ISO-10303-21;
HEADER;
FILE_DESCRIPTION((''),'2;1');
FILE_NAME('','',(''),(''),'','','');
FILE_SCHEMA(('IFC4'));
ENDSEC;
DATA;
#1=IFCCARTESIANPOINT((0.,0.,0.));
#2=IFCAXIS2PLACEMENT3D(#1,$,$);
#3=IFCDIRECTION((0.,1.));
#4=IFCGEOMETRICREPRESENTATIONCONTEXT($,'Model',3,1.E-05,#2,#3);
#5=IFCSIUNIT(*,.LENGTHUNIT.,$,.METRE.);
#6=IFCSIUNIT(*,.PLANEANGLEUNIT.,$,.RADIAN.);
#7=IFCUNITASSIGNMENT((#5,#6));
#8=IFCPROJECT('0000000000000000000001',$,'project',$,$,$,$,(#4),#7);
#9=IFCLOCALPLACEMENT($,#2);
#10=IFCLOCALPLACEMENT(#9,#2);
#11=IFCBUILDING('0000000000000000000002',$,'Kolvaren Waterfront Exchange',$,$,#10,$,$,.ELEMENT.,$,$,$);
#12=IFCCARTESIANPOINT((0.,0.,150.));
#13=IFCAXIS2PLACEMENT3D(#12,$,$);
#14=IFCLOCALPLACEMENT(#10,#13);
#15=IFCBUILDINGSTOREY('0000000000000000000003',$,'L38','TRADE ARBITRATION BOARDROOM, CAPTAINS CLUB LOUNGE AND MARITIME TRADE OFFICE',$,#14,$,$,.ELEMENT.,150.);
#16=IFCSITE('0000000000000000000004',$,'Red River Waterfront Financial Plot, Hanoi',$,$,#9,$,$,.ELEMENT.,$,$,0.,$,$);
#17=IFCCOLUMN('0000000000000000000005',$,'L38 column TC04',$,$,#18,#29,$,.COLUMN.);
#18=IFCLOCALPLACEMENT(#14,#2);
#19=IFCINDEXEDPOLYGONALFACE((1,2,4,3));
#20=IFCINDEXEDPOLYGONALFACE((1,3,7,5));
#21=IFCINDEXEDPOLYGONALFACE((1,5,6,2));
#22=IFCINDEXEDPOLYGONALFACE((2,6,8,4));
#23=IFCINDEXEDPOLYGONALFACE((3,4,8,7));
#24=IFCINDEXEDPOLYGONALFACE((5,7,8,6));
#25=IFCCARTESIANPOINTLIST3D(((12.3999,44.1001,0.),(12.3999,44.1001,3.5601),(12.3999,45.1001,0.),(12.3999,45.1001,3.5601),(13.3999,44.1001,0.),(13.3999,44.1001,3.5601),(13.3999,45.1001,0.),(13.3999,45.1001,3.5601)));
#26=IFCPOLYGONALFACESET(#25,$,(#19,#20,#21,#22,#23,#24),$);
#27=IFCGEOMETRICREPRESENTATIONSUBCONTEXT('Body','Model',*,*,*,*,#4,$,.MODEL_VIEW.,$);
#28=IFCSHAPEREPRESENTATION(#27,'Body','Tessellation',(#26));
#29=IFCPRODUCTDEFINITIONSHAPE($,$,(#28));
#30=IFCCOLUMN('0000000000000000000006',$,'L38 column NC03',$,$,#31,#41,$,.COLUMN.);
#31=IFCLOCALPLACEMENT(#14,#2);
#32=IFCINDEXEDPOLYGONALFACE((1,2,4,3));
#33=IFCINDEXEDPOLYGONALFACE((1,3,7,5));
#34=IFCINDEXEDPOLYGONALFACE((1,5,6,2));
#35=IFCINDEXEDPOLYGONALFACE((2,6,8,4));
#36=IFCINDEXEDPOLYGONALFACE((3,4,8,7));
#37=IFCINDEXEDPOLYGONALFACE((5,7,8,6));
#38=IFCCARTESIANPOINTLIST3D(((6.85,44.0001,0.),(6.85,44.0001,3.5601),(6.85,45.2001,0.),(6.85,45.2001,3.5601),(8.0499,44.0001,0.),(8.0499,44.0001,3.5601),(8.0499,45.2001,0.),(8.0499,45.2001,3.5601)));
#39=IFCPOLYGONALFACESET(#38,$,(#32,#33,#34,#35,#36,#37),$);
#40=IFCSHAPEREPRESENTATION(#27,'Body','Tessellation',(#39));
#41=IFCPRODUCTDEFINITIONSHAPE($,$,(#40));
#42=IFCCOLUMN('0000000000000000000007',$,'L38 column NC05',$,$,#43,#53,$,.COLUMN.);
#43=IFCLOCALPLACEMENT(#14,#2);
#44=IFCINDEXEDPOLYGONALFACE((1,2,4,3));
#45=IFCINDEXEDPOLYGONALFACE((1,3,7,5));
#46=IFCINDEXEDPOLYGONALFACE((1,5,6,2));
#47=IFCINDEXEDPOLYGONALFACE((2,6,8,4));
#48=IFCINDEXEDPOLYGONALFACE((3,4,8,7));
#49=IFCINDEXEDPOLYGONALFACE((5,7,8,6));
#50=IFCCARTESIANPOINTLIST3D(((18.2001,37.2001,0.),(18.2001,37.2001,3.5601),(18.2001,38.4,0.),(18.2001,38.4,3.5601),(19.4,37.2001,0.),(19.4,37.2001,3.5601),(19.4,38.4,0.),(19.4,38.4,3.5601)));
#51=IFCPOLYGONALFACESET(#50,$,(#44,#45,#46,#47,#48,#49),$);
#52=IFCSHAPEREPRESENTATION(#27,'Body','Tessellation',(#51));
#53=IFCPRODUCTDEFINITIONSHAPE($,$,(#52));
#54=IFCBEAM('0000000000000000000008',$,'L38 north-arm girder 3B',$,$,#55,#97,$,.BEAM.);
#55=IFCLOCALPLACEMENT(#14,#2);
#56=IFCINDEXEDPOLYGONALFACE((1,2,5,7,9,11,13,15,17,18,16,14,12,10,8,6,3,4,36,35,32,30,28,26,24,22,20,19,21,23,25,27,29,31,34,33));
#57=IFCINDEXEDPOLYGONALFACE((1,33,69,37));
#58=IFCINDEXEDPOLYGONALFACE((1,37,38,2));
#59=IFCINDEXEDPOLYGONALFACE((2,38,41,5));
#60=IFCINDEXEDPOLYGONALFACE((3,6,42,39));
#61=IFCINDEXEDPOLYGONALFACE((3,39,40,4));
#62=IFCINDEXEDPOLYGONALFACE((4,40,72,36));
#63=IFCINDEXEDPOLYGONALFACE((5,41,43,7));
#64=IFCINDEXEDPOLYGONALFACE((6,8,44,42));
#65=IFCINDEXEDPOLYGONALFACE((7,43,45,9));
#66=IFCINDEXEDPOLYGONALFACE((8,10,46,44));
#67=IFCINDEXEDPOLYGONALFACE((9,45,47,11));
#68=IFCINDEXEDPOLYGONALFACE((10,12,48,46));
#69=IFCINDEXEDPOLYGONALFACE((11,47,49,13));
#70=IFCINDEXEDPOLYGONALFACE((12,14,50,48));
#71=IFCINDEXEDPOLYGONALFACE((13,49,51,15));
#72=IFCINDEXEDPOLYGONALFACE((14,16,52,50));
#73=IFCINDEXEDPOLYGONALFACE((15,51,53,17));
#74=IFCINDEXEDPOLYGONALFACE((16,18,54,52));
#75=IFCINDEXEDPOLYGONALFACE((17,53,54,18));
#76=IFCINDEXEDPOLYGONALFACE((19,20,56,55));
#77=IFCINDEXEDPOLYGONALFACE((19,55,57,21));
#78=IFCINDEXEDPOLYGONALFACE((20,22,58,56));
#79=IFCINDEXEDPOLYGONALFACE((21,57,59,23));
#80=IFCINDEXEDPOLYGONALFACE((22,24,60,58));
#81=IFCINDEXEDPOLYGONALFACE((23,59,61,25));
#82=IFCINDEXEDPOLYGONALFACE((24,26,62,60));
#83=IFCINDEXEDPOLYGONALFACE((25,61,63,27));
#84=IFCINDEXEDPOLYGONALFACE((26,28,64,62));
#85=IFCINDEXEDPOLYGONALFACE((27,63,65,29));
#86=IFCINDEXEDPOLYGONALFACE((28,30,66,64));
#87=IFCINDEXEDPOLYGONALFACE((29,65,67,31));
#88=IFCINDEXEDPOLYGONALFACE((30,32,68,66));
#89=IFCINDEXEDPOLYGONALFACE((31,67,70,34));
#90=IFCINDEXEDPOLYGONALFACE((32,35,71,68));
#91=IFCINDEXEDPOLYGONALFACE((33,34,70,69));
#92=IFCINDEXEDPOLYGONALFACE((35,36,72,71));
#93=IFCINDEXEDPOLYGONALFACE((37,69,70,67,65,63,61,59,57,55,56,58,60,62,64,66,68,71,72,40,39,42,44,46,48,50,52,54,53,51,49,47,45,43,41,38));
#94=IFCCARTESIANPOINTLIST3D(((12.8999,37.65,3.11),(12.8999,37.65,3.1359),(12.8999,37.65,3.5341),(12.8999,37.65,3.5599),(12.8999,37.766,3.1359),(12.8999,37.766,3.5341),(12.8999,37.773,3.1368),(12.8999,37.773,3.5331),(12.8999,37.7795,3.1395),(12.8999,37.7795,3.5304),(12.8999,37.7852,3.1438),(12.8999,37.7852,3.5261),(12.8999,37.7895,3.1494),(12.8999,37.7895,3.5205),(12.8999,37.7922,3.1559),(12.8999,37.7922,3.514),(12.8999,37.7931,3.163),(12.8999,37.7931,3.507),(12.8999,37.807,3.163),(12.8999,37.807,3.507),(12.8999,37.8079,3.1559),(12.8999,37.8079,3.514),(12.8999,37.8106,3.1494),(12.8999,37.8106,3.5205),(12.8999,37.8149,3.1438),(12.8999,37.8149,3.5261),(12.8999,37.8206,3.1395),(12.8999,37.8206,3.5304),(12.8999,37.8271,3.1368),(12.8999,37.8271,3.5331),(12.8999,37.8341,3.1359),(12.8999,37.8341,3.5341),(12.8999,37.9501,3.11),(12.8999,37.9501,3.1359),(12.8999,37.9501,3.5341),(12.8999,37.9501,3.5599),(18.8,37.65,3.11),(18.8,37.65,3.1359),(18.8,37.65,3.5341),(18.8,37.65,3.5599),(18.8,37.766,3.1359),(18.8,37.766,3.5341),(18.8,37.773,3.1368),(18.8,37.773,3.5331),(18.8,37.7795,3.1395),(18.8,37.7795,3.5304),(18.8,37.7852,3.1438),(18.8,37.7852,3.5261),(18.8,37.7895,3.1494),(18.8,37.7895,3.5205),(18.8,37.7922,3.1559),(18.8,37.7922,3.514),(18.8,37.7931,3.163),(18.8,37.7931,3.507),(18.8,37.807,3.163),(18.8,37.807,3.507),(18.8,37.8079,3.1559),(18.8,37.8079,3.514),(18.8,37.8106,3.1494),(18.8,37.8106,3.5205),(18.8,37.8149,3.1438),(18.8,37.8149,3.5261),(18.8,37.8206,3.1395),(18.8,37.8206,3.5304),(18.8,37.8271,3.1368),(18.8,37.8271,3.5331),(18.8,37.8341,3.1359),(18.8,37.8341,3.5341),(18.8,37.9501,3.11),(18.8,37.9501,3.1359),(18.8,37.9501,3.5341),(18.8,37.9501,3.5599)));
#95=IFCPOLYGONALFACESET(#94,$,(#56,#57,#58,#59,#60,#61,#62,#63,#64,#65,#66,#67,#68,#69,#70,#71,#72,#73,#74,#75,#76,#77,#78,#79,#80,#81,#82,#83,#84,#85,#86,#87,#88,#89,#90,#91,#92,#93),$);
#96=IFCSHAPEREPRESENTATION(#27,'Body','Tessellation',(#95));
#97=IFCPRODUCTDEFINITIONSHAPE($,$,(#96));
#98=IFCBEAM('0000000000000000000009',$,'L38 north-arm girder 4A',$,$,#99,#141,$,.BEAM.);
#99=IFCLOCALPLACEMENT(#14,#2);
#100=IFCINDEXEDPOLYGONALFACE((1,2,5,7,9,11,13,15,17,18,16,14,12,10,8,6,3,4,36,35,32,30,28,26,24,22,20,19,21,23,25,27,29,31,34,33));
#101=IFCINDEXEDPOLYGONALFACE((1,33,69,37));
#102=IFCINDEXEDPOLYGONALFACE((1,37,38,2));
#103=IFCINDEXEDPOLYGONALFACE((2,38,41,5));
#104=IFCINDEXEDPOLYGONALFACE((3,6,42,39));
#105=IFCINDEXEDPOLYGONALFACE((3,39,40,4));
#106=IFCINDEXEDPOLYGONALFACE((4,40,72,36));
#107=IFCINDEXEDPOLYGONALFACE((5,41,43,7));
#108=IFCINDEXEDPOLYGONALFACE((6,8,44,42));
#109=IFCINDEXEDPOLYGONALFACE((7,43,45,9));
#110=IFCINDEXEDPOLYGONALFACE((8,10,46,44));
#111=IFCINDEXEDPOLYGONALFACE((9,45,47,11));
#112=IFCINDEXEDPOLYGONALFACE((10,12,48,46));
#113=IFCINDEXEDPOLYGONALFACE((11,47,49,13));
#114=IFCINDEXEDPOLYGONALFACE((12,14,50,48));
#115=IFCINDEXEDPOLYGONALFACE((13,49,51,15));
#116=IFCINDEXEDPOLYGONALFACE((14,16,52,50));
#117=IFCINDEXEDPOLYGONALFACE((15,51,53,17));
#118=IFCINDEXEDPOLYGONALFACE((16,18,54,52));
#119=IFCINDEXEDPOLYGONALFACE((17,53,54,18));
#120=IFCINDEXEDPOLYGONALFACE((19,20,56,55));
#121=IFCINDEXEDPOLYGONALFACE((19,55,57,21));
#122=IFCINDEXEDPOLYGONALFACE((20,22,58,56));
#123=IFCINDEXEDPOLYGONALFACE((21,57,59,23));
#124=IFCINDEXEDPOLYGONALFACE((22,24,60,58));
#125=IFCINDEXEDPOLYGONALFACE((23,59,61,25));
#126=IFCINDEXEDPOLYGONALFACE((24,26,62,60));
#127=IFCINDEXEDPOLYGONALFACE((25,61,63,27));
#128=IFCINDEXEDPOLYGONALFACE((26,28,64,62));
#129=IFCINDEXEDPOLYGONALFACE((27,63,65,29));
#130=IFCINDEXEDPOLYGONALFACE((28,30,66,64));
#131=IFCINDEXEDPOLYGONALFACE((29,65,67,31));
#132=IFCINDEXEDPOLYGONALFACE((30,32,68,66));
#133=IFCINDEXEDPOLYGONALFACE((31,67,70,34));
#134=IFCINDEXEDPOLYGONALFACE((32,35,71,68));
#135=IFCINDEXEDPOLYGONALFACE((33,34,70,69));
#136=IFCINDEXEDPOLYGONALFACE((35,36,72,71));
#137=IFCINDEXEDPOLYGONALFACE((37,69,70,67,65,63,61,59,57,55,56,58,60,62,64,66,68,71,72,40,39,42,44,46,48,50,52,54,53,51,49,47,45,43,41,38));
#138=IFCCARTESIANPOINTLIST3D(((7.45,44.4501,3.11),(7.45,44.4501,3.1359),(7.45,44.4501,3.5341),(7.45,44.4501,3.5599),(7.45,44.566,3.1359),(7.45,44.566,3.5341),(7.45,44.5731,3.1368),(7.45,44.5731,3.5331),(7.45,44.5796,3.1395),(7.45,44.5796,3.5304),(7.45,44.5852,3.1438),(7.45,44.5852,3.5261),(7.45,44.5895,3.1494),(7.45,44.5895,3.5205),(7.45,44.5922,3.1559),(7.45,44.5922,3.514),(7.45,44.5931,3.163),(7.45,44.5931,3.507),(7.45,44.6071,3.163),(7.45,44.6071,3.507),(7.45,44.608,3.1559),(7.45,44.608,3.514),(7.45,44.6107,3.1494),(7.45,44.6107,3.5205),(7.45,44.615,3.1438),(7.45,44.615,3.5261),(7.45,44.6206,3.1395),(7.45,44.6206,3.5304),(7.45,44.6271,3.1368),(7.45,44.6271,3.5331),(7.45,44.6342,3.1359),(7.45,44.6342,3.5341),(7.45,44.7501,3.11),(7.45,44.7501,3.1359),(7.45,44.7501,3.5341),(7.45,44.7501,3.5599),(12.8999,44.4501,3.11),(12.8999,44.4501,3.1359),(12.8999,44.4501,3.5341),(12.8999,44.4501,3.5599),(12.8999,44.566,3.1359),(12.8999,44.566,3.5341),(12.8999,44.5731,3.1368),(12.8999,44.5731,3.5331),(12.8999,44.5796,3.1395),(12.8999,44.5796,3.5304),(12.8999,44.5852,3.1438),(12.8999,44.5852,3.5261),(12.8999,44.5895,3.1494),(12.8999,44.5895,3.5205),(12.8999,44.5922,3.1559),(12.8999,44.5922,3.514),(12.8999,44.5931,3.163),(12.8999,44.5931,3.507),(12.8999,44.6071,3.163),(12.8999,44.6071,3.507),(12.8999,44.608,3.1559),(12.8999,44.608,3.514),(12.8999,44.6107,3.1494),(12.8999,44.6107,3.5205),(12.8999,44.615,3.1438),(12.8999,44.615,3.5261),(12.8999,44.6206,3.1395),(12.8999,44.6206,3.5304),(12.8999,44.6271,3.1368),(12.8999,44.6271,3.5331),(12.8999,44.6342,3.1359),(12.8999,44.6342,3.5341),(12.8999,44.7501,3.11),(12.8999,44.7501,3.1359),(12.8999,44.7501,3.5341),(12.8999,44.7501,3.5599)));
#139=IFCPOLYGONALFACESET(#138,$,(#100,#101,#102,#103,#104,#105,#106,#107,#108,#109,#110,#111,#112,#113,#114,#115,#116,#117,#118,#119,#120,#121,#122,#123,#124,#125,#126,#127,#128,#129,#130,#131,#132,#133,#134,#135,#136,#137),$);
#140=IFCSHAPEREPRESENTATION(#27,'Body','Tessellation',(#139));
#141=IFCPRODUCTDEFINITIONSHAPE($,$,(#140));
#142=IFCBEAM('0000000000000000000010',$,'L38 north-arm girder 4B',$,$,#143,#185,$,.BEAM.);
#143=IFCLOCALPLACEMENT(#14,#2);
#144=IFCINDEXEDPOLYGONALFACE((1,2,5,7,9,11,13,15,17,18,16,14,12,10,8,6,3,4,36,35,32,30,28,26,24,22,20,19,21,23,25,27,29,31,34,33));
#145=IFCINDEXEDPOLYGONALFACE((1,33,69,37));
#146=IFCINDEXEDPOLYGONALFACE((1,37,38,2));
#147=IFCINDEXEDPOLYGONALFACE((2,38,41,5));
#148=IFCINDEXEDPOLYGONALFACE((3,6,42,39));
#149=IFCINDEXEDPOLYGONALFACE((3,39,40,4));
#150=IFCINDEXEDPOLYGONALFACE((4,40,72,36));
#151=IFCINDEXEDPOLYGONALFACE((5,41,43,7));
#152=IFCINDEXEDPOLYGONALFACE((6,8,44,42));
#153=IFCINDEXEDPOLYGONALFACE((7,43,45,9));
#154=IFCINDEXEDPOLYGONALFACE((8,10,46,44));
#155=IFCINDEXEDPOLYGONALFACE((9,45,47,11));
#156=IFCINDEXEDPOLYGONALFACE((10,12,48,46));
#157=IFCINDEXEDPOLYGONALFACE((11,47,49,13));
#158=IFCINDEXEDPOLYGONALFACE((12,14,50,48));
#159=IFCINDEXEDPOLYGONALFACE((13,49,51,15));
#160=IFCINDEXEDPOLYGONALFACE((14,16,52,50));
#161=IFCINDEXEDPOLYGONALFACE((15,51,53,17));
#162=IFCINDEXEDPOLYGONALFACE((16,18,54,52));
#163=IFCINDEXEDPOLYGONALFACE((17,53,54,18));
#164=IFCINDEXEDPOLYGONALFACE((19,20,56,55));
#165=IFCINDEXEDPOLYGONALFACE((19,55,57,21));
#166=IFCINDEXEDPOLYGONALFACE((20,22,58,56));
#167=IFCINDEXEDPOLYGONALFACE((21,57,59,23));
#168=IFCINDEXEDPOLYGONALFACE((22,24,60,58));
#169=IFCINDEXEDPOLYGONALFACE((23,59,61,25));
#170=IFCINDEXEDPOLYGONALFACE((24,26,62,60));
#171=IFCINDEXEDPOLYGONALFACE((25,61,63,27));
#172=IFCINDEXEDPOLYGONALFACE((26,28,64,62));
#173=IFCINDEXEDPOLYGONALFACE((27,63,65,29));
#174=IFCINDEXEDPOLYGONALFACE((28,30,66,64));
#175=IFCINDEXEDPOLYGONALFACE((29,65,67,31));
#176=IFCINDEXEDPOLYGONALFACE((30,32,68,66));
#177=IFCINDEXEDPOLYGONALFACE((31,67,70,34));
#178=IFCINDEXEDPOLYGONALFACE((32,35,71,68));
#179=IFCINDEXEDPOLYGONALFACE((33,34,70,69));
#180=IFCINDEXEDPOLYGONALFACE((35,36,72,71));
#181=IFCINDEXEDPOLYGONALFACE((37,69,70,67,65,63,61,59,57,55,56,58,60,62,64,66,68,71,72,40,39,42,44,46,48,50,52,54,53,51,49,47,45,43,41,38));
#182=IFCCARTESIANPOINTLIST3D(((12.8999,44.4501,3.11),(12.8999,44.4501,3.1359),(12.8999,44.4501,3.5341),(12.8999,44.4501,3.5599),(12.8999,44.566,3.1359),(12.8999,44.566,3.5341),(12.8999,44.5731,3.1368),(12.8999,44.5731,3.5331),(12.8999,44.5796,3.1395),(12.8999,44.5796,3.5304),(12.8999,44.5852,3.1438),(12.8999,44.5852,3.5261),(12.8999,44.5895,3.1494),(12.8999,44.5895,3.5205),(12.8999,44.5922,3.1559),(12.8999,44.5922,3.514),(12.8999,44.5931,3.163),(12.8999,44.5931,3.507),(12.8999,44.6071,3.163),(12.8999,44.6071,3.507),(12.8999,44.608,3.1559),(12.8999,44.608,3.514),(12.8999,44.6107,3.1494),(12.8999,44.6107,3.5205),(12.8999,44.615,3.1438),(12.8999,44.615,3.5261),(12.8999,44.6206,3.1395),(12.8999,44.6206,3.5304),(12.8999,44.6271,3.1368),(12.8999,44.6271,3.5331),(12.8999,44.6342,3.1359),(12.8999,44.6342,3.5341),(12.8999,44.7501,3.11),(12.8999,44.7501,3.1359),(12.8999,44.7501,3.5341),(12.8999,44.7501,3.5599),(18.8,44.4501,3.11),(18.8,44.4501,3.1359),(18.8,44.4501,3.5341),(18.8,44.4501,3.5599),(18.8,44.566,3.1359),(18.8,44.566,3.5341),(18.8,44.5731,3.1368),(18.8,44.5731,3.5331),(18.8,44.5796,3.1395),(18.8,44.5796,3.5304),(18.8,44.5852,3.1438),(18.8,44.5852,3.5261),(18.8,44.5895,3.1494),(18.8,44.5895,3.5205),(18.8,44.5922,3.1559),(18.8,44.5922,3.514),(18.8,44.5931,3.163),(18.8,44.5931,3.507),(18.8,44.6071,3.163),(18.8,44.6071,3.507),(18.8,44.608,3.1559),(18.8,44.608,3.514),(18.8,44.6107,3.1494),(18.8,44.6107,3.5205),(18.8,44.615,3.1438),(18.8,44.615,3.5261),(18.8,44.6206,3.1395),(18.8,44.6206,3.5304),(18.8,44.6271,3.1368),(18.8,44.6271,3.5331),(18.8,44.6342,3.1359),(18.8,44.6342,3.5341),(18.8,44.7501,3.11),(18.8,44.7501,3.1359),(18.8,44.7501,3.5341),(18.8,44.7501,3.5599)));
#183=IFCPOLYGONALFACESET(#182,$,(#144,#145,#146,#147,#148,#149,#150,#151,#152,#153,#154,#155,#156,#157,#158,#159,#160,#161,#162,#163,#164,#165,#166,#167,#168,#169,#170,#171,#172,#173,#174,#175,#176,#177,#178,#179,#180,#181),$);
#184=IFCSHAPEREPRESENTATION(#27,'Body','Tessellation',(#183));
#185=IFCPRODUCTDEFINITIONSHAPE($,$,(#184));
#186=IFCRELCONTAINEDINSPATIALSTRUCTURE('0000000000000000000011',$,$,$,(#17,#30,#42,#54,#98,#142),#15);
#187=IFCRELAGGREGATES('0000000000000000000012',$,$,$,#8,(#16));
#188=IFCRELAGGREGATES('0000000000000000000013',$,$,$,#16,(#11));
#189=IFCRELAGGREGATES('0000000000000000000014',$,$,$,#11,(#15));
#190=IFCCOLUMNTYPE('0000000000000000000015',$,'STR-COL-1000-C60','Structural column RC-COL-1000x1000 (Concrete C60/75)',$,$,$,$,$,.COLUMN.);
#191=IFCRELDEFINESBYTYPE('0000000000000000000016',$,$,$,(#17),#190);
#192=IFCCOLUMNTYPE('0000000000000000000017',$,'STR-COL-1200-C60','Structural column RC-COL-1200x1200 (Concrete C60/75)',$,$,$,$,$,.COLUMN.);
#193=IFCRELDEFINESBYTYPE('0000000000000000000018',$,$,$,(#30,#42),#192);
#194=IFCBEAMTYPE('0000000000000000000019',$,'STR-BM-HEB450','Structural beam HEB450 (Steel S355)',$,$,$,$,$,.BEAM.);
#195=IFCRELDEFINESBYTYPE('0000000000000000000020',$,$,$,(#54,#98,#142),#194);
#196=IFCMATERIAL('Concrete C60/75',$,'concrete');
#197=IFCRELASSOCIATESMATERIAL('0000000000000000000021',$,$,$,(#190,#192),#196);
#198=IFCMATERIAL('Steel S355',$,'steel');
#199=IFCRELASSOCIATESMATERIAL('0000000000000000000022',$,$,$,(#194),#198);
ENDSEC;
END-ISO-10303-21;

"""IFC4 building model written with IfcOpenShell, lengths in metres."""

from ifc_helpers import new_model, si_unit, direction, frame, origin, origin_2d, place, context, subcontext, project, spatial, rectangle, i_section, extrude, material, material_profile, profile_set, type_object, element, save


model = new_model("IFC4")

# Units and contexts
model_context = context("Model", 3, precision=1e-05, world=origin(), true_north=direction((0.0, 1.0)))
body_context = subcontext(model_context, "Body", "Model", "MODEL_VIEW")
ifc_project = project(units=[si_unit("LENGTHUNIT", "METRE"), si_unit("PLANEANGLEUNIT", "RADIAN")], contexts=[model_context])

# Site, building, storey
site_placement = place(None, origin())
site = spatial("IfcSite", under=ifc_project, at=site_placement, Name="Red River Waterfront Financial Plot, Hanoi", CompositionType="ELEMENT", RefElevation=0.0)
building_placement = place(site_placement, origin())
building = spatial("IfcBuilding", under=site, at=building_placement, Name="Kolvaren Waterfront Exchange", CompositionType="ELEMENT")
storey_placement = place(building_placement, frame((0.0, 0.0, 150.0)))
storey = spatial("IfcBuildingStorey", under=building, at=storey_placement, Name="L38", Description="TRADE ARBITRATION BOARDROOM, CAPTAINS CLUB LOUNGE AND MARITIME TRADE OFFICE", CompositionType="ELEMENT", Elevation=150.0)

# Columns
ifc_material_1 = material(Name="Concrete C60/75", Category="concrete")
ifc_material_profile_1 = material_profile(ifc_material_1, rectangle(XDim=1.0, YDim=1.0, at=origin_2d()), Name="RC-COL-1000x1000")
ifc_profile_set_1 = profile_set([ifc_material_profile_1], Name="Concrete C60/75")
column_type_1 = type_object("IfcColumnType", Name="STR-COL-1000-C60", Description="Structural column RC-COL-1000x1000 (Concrete C60/75)", PredefinedType="COLUMN", material=ifc_profile_set_1)
column_placement = place(storey_placement, frame((12.8999, 44.6001, 0.0), z_axis=(0.0, 0.0, 1.0), x_axis=(1.0, 0.0, 0.0)))
element("IfcColumn", 1, at=column_placement, inside=storey, type_object=column_type_1, Name="L38 column TC04", PredefinedType="COLUMN", context=body_context, shape_type="SweptSolid", body=[
    extrude(rectangle(XDim=1.0, YDim=1.0, at=origin_2d()), origin(), (0.0, 0.0, 1.0), 3.5601),
])
ifc_material_profile_2 = material_profile(ifc_material_1, rectangle(XDim=1.2, YDim=1.2, at=origin_2d()), Name="RC-COL-1200x1200")
ifc_profile_set_2 = profile_set([ifc_material_profile_2], Name="Concrete C60/75")
column_type_2 = type_object("IfcColumnType", Name="STR-COL-1200-C60", Description="Structural column RC-COL-1200x1200 (Concrete C60/75)", PredefinedType="COLUMN", material=ifc_profile_set_2)
for number, where, z_axis, x_axis, name in (
    (2, (7.45, 44.6001, 0.0), (0.0, 0.0, 1.0), (1.0, 0.0, 0.0), "L38 column NC03"),
    (3, (18.8, 37.8, 0.0), (0.0, 0.0, 1.0), (1.0, 0.0, 0.0), "L38 column NC05"),
):
    element("IfcColumn", number, at=place(storey_placement, frame(where, z_axis=z_axis, x_axis=x_axis)), inside=storey, type_object=column_type_2, Name=name, PredefinedType="COLUMN", context=body_context, shape_type="SweptSolid", body=[
        extrude(rectangle(XDim=1.2, YDim=1.2, at=origin_2d()), origin(), (0.0, 0.0, 1.0), 3.5601),
    ])

# Beams
ifc_material_2 = material(Name="Steel S355", Category="steel")
ifc_material_profile_3 = material_profile(ifc_material_2, i_section(OverallWidth=0.3, OverallDepth=0.45, WebThickness=0.0139, FlangeThickness=0.0259, FilletRadius=0.0271, at=origin_2d()), Name="HEB450")
ifc_profile_set_3 = profile_set([ifc_material_profile_3], Name="Steel S355")
beam_type_1 = type_object("IfcBeamType", Name="STR-BM-HEB450", Description="Structural beam HEB450 (Steel S355)", PredefinedType="BEAM", material=ifc_profile_set_3)
beam_1_placement = place(storey_placement, frame((12.8999, 37.8, 3.335), z_axis=(1.0, 0.0, 0.0), x_axis=(0.0, 1.0, 0.0)))
element("IfcBeam", 4, at=beam_1_placement, inside=storey, type_object=beam_type_1, Name="L38 north-arm girder 3B", PredefinedType="BEAM", context=body_context, shape_type="SweptSolid", body=[
    extrude(i_section(OverallWidth=0.3, OverallDepth=0.45, WebThickness=0.0139, FlangeThickness=0.0259, FilletRadius=0.0271, at=origin_2d()), origin(), (0.0, 0.0, 1.0), 5.9001),
])
beam_2_placement = place(storey_placement, frame((7.45, 44.6001, 3.335), z_axis=(1.0, 0.0, 0.0), x_axis=(0.0, 1.0, 0.0)))
element("IfcBeam", 5, at=beam_2_placement, inside=storey, type_object=beam_type_1, Name="L38 north-arm girder 4A", PredefinedType="BEAM", context=body_context, shape_type="SweptSolid", body=[
    extrude(i_section(OverallWidth=0.3, OverallDepth=0.45, WebThickness=0.0139, FlangeThickness=0.0259, FilletRadius=0.0271, at=origin_2d()), origin(), (0.0, 0.0, 1.0), 5.45),
])
beam_3_placement = place(storey_placement, frame((12.8999, 44.6001, 3.335), z_axis=(1.0, 0.0, 0.0), x_axis=(0.0, 1.0, 0.0)))
element("IfcBeam", 6, at=beam_3_placement, inside=storey, type_object=beam_type_1, Name="L38 north-arm girder 4B", PredefinedType="BEAM", context=body_context, shape_type="SweptSolid", body=[
    extrude(i_section(OverallWidth=0.3, OverallDepth=0.45, WebThickness=0.0139, FlangeThickness=0.0259, FilletRadius=0.0271, at=origin_2d()), origin(), (0.0, 0.0, 1.0), 5.9001),
])

save(model, "model.ifc")
